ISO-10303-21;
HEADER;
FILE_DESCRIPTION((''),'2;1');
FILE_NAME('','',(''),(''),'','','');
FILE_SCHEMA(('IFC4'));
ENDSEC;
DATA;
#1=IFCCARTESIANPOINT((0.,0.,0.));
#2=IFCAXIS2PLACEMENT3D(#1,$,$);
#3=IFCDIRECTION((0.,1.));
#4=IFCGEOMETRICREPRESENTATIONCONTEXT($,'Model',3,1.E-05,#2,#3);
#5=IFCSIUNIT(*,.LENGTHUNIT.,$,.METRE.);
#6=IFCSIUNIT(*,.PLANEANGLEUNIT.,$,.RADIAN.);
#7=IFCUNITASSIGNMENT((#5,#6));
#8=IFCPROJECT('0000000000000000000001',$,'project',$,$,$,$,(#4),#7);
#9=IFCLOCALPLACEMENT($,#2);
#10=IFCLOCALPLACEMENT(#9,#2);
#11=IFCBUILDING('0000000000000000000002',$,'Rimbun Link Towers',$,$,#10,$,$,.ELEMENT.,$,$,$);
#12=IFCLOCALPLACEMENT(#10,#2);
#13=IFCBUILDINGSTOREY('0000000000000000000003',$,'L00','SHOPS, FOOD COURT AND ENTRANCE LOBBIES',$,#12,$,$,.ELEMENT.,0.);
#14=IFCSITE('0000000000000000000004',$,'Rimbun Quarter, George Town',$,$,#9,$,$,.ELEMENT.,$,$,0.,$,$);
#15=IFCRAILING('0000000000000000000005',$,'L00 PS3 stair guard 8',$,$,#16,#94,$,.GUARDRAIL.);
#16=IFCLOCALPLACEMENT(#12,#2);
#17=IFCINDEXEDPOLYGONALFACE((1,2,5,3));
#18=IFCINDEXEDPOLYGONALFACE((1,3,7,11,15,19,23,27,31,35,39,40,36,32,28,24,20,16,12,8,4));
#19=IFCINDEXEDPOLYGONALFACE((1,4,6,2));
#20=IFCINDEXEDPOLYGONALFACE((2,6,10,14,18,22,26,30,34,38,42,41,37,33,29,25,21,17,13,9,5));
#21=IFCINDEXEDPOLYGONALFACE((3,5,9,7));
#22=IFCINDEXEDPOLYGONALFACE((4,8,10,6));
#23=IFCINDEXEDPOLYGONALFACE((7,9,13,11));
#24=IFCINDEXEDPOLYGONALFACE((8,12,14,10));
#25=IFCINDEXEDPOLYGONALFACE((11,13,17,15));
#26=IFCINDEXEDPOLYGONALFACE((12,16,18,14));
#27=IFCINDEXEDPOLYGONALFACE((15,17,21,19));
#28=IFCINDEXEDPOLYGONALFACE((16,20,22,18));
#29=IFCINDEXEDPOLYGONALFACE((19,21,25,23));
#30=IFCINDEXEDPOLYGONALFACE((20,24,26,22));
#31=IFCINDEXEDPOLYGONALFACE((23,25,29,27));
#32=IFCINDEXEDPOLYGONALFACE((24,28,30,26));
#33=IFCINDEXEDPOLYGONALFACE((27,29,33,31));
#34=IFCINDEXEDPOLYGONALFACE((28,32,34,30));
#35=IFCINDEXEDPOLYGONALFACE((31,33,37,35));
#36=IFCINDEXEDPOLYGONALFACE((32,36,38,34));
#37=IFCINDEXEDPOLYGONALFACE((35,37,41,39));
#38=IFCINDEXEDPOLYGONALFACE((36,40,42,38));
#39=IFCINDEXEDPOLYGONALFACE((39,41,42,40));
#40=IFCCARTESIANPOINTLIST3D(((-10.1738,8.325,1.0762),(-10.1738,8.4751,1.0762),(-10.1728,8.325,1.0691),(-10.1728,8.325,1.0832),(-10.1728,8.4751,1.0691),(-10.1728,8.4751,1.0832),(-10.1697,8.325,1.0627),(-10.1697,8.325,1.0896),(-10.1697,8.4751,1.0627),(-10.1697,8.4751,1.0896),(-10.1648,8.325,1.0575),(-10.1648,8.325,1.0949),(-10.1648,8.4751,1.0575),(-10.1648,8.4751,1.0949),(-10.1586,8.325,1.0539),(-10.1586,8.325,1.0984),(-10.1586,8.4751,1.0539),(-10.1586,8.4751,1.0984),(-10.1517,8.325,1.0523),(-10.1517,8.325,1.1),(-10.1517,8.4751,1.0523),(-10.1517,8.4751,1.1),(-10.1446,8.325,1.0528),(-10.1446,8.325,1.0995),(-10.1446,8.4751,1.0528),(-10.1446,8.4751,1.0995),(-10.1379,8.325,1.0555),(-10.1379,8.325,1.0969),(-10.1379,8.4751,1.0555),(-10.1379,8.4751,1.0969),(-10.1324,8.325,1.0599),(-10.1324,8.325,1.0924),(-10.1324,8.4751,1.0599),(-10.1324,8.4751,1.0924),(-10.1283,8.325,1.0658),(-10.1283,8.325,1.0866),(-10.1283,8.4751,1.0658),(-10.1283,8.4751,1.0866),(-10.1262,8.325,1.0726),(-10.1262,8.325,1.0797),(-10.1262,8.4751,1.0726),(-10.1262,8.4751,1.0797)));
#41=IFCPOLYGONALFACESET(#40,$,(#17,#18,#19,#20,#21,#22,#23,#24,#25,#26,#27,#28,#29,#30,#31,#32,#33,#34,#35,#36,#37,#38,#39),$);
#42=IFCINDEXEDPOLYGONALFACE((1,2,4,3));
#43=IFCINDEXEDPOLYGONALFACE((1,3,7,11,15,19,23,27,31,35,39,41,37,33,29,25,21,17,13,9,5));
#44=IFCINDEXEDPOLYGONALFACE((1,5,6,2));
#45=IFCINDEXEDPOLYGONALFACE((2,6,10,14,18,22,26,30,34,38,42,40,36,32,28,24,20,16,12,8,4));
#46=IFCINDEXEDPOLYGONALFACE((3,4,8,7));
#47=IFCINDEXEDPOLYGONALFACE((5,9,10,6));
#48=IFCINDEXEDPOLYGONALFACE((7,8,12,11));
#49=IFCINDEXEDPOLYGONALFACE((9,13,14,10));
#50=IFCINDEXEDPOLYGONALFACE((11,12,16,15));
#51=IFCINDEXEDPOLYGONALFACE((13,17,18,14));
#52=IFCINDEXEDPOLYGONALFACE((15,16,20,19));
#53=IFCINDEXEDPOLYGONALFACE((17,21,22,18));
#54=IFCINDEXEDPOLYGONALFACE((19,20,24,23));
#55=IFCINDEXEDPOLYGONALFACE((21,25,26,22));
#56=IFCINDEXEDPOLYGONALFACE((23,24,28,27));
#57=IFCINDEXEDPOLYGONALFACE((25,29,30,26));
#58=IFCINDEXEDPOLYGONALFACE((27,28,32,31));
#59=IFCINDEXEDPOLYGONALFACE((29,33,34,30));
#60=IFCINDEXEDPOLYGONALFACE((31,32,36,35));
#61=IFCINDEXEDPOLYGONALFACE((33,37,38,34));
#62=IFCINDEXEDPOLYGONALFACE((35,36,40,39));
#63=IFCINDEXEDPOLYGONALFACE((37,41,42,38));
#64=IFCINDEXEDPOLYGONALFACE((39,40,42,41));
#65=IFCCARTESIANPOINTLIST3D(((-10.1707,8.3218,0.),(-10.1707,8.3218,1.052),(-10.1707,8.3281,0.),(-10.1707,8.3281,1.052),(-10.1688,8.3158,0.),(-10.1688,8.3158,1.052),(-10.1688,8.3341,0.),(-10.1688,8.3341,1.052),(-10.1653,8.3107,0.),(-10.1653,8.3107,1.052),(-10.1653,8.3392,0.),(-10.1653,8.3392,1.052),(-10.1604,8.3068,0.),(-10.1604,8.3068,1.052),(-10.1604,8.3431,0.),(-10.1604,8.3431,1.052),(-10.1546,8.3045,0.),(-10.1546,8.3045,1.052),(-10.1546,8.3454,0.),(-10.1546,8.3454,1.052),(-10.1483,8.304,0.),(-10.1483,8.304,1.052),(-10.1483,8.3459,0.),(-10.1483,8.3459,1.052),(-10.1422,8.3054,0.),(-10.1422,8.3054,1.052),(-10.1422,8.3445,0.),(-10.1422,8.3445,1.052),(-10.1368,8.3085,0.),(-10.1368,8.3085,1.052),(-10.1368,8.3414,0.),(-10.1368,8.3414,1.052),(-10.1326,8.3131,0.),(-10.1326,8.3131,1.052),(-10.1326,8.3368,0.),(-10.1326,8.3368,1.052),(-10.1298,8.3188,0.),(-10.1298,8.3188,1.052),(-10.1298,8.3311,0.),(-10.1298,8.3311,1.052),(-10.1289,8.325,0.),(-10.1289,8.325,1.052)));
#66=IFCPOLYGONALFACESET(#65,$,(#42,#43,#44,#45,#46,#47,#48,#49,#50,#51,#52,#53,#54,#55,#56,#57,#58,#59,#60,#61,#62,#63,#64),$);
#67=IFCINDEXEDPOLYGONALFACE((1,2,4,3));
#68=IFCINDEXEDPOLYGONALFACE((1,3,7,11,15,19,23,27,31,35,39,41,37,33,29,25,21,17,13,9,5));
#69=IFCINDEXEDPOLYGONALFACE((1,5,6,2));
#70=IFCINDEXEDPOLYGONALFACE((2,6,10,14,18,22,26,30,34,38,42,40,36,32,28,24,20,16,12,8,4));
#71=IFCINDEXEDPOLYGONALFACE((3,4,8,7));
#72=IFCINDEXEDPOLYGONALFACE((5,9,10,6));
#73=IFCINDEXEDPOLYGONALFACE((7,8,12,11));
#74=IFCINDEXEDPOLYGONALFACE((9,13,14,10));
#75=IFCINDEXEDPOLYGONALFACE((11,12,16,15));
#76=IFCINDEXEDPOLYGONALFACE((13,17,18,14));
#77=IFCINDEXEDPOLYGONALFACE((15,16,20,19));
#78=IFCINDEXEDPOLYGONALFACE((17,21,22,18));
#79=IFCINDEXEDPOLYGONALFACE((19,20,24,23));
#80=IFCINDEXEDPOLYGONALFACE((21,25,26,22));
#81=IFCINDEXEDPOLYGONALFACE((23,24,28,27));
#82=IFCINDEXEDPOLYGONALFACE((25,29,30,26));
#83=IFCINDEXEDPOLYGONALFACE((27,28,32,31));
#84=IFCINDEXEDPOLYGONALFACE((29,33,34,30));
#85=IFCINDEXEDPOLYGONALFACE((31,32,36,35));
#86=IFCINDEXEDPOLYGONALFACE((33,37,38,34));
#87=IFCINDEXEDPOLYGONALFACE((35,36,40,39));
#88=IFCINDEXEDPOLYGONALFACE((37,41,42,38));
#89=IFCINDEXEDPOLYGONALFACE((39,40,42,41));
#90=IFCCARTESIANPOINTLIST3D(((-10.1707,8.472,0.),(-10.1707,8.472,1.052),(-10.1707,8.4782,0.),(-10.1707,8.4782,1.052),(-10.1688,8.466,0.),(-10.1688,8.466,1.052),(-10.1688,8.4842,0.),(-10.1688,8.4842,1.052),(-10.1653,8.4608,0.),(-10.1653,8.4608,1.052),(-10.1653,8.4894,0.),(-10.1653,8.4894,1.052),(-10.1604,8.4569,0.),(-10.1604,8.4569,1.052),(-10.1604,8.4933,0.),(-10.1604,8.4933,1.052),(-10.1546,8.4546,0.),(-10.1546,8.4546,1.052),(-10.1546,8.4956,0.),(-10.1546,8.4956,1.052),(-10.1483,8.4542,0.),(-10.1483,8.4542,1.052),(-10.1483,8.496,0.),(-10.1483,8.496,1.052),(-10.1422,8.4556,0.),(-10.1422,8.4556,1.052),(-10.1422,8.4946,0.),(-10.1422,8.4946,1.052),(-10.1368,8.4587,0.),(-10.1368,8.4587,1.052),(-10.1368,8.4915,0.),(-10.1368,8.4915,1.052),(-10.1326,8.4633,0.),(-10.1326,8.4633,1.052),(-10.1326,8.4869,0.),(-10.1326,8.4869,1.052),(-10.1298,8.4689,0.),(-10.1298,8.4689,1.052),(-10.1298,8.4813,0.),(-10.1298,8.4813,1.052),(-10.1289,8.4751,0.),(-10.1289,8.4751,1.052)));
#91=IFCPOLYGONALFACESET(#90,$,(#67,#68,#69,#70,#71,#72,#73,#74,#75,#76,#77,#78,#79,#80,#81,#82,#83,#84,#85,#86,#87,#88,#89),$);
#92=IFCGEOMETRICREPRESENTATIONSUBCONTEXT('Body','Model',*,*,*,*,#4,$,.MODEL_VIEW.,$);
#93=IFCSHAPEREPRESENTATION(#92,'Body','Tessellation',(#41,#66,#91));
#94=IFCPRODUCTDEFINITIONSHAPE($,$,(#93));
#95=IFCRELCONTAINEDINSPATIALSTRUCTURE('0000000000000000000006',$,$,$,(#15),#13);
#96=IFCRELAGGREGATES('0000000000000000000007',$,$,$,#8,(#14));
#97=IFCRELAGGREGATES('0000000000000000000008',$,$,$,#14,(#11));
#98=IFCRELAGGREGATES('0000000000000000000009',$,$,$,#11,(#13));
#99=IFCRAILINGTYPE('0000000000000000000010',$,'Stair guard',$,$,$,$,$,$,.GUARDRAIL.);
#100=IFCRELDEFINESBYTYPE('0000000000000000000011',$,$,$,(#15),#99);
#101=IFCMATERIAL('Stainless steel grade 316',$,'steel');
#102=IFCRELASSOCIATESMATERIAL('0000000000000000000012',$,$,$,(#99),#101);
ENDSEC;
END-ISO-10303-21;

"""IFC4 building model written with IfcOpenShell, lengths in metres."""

from ifc_helpers import new_model, si_unit, direction, frame, origin, origin_2d, place, context, subcontext, project, spatial, circle, extrude, material, type_object, element, save


model = new_model("IFC4")

# Units and contexts
model_context = context("Model", 3, precision=1e-05, world=origin(), true_north=direction((0.0, 1.0)))
body_context = subcontext(model_context, "Body", "Model", "MODEL_VIEW")
ifc_project = project(units=[si_unit("LENGTHUNIT", "METRE"), si_unit("PLANEANGLEUNIT", "RADIAN")], contexts=[model_context])

# Site, building, storey
site_placement = place(None, origin())
site = spatial("IfcSite", under=ifc_project, at=site_placement, Name="Rimbun Quarter, George Town", CompositionType="ELEMENT", RefElevation=0.0)
building_placement = place(site_placement, origin())
building = spatial("IfcBuilding", under=site, at=building_placement, Name="Rimbun Link Towers", CompositionType="ELEMENT")
storey_placement = place(building_placement, origin())
storey = spatial("IfcBuildingStorey", under=building, at=storey_placement, Name="L00", Description="SHOPS, FOOD COURT AND ENTRANCE LOBBIES", CompositionType="ELEMENT", Elevation=0.0)

# Railing
ifc_material_1 = material(Name="Stainless steel grade 316", Category="steel")
railing_type_1 = type_object("IfcRailingType", Name="Stair guard", PredefinedType="GUARDRAIL", material=ifc_material_1)
railing_1_placement = place(storey_placement, frame((-10.1499, 8.325, 0.0)))
element("IfcRailing", 1, at=railing_1_placement, inside=storey, type_object=railing_type_1, Name="L00 PS3 stair guard 8", PredefinedType="GUARDRAIL", context=body_context, shape_type="SweptSolid", body=[
    extrude(circle(Radius=0.0239, at=origin_2d()), frame((0.0, 0.0, 1.0762), z_axis=(0.0, 1.0, 0.0), x_axis=(-1.0, 0.0, 0.0)), (0.0, 0.0, 1.0), 0.1501),
    extrude(circle(Radius=0.021, at=origin_2d()), origin(), (0.0, 0.0, 1.0), 1.052),
    extrude(circle(Radius=0.021, at=origin_2d()), frame((0.0, 0.1501, 0.0)), (0.0, 0.0, 1.0), 1.052),
])

save(model, "model.ifc")
